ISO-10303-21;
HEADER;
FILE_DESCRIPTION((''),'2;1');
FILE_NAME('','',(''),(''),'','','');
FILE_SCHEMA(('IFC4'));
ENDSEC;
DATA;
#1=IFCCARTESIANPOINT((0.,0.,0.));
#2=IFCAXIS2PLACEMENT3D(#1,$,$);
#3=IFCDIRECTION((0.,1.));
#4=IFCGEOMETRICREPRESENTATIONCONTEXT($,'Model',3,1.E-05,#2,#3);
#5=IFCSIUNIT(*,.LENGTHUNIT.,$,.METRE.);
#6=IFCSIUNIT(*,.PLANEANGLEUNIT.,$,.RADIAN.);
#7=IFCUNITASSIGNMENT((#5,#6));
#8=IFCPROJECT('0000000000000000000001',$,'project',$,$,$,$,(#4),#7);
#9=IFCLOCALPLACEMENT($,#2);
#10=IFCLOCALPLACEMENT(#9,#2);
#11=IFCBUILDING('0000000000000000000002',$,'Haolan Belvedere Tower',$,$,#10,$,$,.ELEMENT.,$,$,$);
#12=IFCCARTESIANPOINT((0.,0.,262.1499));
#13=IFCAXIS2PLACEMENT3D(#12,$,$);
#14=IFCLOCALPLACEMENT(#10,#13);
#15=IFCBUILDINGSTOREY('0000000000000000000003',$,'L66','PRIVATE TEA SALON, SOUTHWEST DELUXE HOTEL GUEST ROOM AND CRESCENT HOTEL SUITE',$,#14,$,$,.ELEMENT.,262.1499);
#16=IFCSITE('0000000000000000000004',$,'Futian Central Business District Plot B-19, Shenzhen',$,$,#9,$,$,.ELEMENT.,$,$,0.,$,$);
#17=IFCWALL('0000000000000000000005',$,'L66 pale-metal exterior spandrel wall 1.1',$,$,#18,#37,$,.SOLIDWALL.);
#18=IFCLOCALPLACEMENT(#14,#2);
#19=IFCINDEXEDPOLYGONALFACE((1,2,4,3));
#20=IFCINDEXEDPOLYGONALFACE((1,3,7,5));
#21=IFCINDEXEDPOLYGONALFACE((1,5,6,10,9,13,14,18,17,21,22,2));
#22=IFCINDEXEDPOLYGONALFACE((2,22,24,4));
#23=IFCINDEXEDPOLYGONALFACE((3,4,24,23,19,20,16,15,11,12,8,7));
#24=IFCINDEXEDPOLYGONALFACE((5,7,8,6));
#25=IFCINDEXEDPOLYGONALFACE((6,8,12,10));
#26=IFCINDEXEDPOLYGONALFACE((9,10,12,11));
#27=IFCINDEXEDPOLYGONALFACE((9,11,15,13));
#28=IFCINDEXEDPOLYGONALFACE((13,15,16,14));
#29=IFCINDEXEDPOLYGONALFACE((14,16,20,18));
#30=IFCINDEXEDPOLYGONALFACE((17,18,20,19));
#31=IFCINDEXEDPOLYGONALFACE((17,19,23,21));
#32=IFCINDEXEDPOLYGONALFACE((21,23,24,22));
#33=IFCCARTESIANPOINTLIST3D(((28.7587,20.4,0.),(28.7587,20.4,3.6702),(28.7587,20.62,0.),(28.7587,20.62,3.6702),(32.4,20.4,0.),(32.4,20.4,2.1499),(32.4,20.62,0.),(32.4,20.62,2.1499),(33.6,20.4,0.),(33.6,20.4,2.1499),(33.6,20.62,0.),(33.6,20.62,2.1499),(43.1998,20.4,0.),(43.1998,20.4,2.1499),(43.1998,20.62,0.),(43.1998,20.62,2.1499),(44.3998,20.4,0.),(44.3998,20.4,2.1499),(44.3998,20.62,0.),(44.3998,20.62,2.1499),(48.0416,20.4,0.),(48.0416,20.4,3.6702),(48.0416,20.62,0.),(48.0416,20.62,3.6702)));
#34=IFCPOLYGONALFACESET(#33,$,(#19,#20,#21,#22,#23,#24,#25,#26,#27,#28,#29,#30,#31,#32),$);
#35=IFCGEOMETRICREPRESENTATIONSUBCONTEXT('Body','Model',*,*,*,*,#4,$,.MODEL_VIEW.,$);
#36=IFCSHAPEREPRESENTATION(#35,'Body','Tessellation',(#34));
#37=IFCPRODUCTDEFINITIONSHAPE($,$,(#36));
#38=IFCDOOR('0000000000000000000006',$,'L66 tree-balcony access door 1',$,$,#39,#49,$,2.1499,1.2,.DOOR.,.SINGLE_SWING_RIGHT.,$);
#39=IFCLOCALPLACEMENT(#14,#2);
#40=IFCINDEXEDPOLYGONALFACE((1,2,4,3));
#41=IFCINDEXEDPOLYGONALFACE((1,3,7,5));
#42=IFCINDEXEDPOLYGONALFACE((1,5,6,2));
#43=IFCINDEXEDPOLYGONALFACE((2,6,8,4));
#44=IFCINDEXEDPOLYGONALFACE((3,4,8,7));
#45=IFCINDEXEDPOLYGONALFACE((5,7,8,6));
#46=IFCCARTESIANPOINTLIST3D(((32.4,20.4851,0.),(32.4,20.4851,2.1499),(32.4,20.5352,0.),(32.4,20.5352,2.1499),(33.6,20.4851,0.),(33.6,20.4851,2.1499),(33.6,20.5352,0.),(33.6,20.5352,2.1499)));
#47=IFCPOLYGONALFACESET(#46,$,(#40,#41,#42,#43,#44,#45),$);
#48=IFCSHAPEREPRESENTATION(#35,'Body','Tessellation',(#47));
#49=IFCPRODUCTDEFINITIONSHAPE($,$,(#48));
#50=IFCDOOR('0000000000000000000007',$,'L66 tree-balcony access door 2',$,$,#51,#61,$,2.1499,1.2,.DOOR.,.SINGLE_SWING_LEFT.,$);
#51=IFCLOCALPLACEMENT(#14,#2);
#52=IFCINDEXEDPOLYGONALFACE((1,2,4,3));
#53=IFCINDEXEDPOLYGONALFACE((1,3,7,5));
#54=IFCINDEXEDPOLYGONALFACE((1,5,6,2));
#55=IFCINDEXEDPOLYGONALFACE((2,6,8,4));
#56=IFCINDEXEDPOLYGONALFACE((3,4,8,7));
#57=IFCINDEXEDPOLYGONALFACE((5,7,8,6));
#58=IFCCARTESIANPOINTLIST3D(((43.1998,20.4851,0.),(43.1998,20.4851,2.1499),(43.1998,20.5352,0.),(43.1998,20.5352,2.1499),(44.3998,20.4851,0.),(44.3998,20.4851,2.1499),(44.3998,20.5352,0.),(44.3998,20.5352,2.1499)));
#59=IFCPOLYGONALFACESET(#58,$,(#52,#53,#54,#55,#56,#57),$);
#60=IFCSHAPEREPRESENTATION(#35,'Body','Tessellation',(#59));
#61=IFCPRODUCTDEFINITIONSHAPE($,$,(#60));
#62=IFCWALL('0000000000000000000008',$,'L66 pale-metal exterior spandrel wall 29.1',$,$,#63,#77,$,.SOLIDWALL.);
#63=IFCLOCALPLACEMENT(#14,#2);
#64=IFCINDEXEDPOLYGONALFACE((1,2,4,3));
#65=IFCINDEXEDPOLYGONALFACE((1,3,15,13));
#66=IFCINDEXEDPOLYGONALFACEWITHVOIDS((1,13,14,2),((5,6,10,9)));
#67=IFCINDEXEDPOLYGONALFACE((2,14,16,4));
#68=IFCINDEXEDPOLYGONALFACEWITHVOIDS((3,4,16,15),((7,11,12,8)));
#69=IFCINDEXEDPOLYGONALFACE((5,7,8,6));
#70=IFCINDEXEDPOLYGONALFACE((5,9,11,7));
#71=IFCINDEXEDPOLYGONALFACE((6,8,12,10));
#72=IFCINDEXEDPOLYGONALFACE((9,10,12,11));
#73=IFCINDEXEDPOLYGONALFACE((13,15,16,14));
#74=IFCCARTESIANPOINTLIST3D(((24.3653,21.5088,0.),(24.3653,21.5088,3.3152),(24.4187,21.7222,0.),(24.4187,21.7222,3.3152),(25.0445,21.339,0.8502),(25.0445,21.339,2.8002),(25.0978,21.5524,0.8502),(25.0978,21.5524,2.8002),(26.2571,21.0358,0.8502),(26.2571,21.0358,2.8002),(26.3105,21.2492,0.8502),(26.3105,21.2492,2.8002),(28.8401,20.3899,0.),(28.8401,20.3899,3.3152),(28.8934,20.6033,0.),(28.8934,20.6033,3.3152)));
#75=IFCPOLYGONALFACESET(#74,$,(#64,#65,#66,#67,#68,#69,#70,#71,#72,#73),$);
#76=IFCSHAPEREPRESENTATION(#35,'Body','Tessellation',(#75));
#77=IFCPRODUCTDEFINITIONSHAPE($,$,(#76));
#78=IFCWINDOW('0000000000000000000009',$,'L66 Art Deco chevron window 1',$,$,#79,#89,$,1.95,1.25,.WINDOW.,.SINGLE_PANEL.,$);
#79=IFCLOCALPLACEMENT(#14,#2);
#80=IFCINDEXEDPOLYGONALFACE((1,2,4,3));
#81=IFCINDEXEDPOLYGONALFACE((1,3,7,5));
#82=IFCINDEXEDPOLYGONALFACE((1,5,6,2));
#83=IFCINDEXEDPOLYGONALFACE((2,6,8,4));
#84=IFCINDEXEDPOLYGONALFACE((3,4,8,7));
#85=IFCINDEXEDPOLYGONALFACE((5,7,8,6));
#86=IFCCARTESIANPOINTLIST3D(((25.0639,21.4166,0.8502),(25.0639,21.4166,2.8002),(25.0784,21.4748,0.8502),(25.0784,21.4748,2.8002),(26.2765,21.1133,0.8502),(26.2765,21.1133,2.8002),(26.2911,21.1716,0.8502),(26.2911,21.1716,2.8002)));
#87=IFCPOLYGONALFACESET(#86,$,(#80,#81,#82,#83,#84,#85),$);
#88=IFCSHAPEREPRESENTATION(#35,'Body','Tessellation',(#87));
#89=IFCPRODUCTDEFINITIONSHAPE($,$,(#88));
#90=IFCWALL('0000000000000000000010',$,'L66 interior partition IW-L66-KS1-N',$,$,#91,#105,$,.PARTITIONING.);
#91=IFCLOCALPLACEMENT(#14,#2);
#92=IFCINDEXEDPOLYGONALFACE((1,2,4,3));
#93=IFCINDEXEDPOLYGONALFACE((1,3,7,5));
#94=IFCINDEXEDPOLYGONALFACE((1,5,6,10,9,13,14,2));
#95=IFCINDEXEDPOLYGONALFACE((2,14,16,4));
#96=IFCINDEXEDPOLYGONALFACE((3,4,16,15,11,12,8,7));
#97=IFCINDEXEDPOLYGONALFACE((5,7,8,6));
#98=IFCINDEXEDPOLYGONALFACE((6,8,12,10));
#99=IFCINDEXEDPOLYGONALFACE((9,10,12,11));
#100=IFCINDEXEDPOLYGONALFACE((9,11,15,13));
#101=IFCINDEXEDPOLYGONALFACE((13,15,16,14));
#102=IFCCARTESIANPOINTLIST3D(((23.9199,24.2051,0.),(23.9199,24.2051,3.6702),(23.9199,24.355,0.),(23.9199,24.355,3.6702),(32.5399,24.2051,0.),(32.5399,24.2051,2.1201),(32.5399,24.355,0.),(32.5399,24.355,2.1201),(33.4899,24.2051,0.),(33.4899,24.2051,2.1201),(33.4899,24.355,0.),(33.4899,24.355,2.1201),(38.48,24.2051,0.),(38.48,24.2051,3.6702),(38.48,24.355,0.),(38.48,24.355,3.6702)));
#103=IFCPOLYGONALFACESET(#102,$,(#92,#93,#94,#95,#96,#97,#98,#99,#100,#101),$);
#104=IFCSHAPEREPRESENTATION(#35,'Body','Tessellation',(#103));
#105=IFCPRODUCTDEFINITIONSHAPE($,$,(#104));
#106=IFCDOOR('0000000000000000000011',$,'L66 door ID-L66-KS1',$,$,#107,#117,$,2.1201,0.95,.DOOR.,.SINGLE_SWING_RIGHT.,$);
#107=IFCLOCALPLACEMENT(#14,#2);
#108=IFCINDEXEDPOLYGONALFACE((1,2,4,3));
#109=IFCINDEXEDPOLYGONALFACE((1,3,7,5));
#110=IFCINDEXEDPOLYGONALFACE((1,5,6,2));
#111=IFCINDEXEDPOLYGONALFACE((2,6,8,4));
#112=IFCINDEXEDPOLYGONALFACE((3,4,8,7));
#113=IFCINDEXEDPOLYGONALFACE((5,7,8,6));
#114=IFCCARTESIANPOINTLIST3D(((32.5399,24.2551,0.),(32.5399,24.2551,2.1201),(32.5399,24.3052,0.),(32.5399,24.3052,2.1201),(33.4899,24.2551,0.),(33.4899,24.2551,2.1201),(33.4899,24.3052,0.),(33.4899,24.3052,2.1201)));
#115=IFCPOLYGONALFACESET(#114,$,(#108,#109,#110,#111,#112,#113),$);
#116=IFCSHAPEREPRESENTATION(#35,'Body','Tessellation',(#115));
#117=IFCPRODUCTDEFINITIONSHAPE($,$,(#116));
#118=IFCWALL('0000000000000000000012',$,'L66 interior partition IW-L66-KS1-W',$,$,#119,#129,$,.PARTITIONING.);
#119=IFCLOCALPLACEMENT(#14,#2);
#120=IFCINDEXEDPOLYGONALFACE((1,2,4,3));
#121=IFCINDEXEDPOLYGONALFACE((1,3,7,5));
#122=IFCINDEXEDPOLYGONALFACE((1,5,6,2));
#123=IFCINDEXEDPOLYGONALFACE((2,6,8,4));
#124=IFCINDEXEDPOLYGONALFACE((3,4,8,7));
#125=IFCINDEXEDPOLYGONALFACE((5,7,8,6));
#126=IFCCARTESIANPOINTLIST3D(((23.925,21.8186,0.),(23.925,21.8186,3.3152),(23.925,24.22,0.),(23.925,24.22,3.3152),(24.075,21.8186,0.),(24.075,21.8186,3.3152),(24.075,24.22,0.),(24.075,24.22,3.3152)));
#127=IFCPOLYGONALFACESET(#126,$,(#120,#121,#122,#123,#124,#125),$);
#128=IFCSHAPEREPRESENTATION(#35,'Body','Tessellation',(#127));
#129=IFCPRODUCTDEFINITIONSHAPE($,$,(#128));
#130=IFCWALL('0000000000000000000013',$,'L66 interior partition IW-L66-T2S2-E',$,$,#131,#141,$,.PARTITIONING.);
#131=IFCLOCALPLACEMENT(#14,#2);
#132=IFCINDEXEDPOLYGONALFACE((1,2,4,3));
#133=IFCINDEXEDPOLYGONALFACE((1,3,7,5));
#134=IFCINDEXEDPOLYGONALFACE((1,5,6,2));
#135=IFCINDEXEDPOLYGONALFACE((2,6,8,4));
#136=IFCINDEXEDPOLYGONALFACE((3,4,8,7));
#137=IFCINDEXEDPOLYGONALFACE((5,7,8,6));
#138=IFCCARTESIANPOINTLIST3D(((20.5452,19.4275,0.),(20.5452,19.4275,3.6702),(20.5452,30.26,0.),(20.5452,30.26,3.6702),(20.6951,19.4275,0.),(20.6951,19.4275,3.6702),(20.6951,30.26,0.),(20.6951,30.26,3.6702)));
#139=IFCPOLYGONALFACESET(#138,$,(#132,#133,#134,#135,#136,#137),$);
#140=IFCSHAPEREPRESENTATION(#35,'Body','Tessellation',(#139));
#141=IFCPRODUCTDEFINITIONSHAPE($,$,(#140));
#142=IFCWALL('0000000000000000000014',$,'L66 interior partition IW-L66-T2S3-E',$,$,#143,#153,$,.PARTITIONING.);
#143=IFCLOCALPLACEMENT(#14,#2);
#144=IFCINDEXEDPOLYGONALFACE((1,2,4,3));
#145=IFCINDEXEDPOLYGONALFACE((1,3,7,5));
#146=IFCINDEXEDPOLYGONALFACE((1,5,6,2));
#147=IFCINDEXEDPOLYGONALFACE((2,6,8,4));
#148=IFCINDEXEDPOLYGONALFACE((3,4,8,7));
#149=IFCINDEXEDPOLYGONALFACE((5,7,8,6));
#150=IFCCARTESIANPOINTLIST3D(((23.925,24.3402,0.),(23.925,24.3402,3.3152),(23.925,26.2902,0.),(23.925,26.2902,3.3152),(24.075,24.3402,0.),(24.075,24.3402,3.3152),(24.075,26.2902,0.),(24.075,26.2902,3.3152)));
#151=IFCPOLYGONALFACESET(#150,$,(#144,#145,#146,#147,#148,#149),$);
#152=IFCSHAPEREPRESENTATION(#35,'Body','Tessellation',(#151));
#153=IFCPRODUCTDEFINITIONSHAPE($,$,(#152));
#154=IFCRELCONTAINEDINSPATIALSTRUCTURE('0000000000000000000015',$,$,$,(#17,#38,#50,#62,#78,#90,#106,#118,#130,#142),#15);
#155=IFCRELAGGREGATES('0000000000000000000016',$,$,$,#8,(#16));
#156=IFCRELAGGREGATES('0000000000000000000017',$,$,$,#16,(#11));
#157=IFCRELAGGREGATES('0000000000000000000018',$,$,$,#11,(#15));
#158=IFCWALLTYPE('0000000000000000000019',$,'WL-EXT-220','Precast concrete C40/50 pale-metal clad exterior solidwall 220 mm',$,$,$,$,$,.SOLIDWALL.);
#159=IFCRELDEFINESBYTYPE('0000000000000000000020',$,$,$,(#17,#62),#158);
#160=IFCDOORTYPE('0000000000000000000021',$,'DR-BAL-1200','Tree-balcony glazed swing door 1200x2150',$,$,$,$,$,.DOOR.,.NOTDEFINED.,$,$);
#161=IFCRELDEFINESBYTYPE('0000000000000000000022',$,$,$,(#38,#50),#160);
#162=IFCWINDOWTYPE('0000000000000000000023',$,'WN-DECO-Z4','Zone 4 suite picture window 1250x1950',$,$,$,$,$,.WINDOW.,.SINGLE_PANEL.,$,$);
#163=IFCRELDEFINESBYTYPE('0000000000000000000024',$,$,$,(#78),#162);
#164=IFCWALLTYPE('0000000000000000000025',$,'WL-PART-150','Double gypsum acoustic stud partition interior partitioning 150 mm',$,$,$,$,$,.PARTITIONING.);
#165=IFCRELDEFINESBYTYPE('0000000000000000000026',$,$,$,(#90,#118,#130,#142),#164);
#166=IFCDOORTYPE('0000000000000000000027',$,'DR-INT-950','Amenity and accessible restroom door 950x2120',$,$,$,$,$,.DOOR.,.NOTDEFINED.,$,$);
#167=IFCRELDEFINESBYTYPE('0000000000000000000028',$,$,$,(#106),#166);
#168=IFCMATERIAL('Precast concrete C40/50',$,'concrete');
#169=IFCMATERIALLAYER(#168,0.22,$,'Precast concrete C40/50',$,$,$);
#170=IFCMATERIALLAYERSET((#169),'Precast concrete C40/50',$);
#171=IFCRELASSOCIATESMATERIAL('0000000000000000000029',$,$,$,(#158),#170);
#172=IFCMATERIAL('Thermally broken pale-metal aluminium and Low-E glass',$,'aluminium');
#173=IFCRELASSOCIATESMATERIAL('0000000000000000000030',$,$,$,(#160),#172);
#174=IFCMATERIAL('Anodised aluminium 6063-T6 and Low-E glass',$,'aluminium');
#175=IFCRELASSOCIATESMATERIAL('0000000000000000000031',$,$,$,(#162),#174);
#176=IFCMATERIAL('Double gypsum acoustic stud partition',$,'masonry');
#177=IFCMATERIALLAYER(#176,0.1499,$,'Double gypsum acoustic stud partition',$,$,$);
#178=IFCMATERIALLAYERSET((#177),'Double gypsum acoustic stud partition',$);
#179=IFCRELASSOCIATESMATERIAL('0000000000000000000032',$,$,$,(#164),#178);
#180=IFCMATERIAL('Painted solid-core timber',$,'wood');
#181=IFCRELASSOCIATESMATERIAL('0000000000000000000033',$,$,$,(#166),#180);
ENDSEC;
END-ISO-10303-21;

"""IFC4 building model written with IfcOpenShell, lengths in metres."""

from ifc_helpers import new_model, si_unit, direction, frame, frame_2d, origin, place, context, subcontext, project, spatial, rectangle, extrude, material, layer, layer_set, type_object, element, fill, save


model = new_model("IFC4")

# Units and contexts
model_context = context("Model", 3, precision=1e-05, world=origin(), true_north=direction((0.0, 1.0)))
body_context = subcontext(model_context, "Body", "Model", "MODEL_VIEW")
ifc_project = project(units=[si_unit("LENGTHUNIT", "METRE"), si_unit("PLANEANGLEUNIT", "RADIAN")], contexts=[model_context])

# Site, building, storey
site_placement = place(None, origin())
site = spatial("IfcSite", under=ifc_project, at=site_placement, Name="Futian Central Business District Plot B-19, Shenzhen", CompositionType="ELEMENT", RefElevation=0.0)
building_placement = place(site_placement, origin())
building = spatial("IfcBuilding", under=site, at=building_placement, Name="Haolan Belvedere Tower", CompositionType="ELEMENT")
storey_placement = place(building_placement, frame((0.0, 0.0, 262.1499)))
storey = spatial("IfcBuildingStorey", under=building, at=storey_placement, Name="L66", Description="PRIVATE TEA SALON, SOUTHWEST DELUXE HOTEL GUEST ROOM AND CRESCENT HOTEL SUITE", CompositionType="ELEMENT", Elevation=262.1499)

# Wall, openings, doors
ifc_material_1 = material(Name="Precast concrete C40/50", Category="concrete")
ifc_layer_1 = layer(ifc_material_1, 0.22, Name="Precast concrete C40/50")
ifc_layer_set_1 = layer_set([ifc_layer_1], Name="Precast concrete C40/50")
wall_type_1 = type_object("IfcWallType", Name="WL-EXT-220", Description="Precast concrete C40/50 pale-metal clad exterior solidwall 220 mm", PredefinedType="SOLIDWALL", material=ifc_layer_set_1)
wall_1_placement = place(storey_placement, frame((28.7585, 20.51, 0.0), z_axis=(0.0, 0.0, 1.0), x_axis=(1.0, 0.0, 0.0)))
wall_1 = element("IfcWall", 1, at=wall_1_placement, inside=storey, type_object=wall_type_1, Name="L66 pale-metal exterior spandrel wall 1.1", PredefinedType="SOLIDWALL", context=body_context, shape_type="SweptSolid", body=[
    extrude(rectangle(XDim=19.283, YDim=0.22, at=frame_2d((9.6416, 0.0))), origin(), (0.0, 0.0, 1.0), 3.6702),
])
opening_1_placement = place(wall_1_placement, frame((4.8416, 0.0, 0.0), z_axis=(0.0, 0.0, 1.0), x_axis=(-1.0, 0.0, 0.0)))
opening_1 = element("IfcOpeningElement", 2, at=opening_1_placement, cuts=wall_1, PredefinedType="OPENING", context=body_context, shape_type="SweptSolid", body=[
    extrude(rectangle(XDim=1.2, YDim=2.1499, at=frame_2d((0.6001, 1.075))), frame((0.0, 0.1199, 0.0), z_axis=(0.0, -1.0, 0.0), x_axis=(1.0, 0.0, 0.0)), (0.0, 0.0, 1.0), 0.24),
])
opening_2_placement = place(wall_1_placement, frame((15.6414, 0.0, 0.0), z_axis=(0.0, 0.0, 1.0), x_axis=(-1.0, 0.0, 0.0)))
opening_2 = element("IfcOpeningElement", 3, at=opening_2_placement, cuts=wall_1, PredefinedType="OPENING", context=body_context, shape_type="SweptSolid", body=[
    extrude(rectangle(XDim=1.2, YDim=2.1499, at=frame_2d((0.6001, 1.075))), frame((0.0, 0.1199, 0.0), z_axis=(0.0, -1.0, 0.0), x_axis=(1.0, 0.0, 0.0)), (0.0, 0.0, 1.0), 0.24),
])
ifc_material_2 = material(Name="Thermally broken pale-metal aluminium and Low-E glass", Category="aluminium")
door_type_1 = type_object("IfcDoorType", Name="DR-BAL-1200", Description="Tree-balcony glazed swing door 1200x2150", OperationType="NOTDEFINED", PredefinedType="DOOR", material=ifc_material_2)
door_1_placement = place(opening_1_placement, origin())
door_1 = element("IfcDoor", 4, at=door_1_placement, inside=storey, type_object=door_type_1, Name="L66 tree-balcony access door 1", OperationType="SINGLE_SWING_RIGHT", OverallHeight=2.1499, OverallWidth=1.2, PredefinedType="DOOR", context=body_context, shape_type="SweptSolid", body=[
    extrude(rectangle(XDim=1.2, YDim=2.1499, at=frame_2d((0.6001, 1.075))), frame((0.0, 0.0249, 0.0), z_axis=(0.0, -1.0, 0.0), x_axis=(1.0, 0.0, 0.0)), (0.0, 0.0, 1.0), 0.05),
])
fill(opening_1, door_1)
door_2_placement = place(opening_2_placement, origin())
door_2 = element("IfcDoor", 5, at=door_2_placement, inside=storey, type_object=door_type_1, Name="L66 tree-balcony access door 2", OperationType="SINGLE_SWING_LEFT", OverallHeight=2.1499, OverallWidth=1.2, PredefinedType="DOOR", context=body_context, shape_type="SweptSolid", body=[
    extrude(rectangle(XDim=1.2, YDim=2.1499, at=frame_2d((0.6001, 1.075))), frame((0.0, 0.0249, 0.0), z_axis=(0.0, -1.0, 0.0), x_axis=(1.0, 0.0, 0.0)), (0.0, 0.0, 1.0), 0.05),
])
fill(opening_2, door_2)

# Wall, opening, window
wall_2_placement = place(storey_placement, frame((24.3921, 21.6155, 0.0), z_axis=(0.0, 0.0, 1.0), x_axis=(0.970133, -0.242573, 0.0)))
wall_2 = element("IfcWall", 6, at=wall_2_placement, inside=storey, type_object=wall_type_1, Name="L66 pale-metal exterior spandrel wall 29.1", PredefinedType="SOLIDWALL", context=body_context, shape_type="SweptSolid", body=[
    extrude(rectangle(XDim=4.6125, YDim=0.22, at=frame_2d((2.3062, 0.0))), origin(), (0.0, 0.0, 1.0), 3.3152),
])
opening_3_placement = place(wall_2_placement, frame((0.7, 0.0, 0.8501)))
opening_3 = element("IfcOpeningElement", 7, at=opening_3_placement, cuts=wall_2, PredefinedType="OPENING", context=body_context, shape_type="SweptSolid", body=[
    extrude(rectangle(XDim=1.25, YDim=1.95, at=frame_2d((0.625, 0.9751))), frame((0.0, 0.1199, 0.0), z_axis=(0.0, -1.0, 0.0), x_axis=(1.0, 0.0, 0.0)), (0.0, 0.0, 1.0), 0.24),
])
ifc_material_3 = material(Name="Anodised aluminium 6063-T6 and Low-E glass", Category="aluminium")
window_type = type_object("IfcWindowType", Name="WN-DECO-Z4", Description="Zone 4 suite picture window 1250x1950", PartitioningType="SINGLE_PANEL", PredefinedType="WINDOW", material=ifc_material_3)
window_placement = place(opening_3_placement, origin())
window = element("IfcWindow", 8, at=window_placement, inside=storey, type_object=window_type, Name="L66 Art Deco chevron window 1", OverallHeight=1.95, OverallWidth=1.25, PartitioningType="SINGLE_PANEL", PredefinedType="WINDOW", context=body_context, shape_type="SweptSolid", body=[
    extrude(rectangle(XDim=1.25, YDim=1.95, at=frame_2d((0.625, 0.9751))), frame((0.0, 0.03, 0.0), z_axis=(0.0, -1.0, 0.0), x_axis=(1.0, 0.0, 0.0)), (0.0, 0.0, 1.0), 0.0601),
])
fill(opening_3, window)

# Wall, opening, door
ifc_material_4 = material(Name="Double gypsum acoustic stud partition", Category="masonry")
ifc_layer_2 = layer(ifc_material_4, 0.1499, Name="Double gypsum acoustic stud partition")
ifc_layer_set_2 = layer_set([ifc_layer_2], Name="Double gypsum acoustic stud partition")
wall_type_2 = type_object("IfcWallType", Name="WL-PART-150", Description="Double gypsum acoustic stud partition interior partitioning 150 mm", PredefinedType="PARTITIONING", material=ifc_layer_set_2)
wall_3_placement = place(storey_placement, frame((23.9199, 24.28, 0.0), z_axis=(0.0, 0.0, 1.0), x_axis=(1.0, 0.0, 0.0)))
wall_3 = element("IfcWall", 9, at=wall_3_placement, inside=storey, type_object=wall_type_2, Name="L66 interior partition IW-L66-KS1-N", PredefinedType="PARTITIONING", context=body_context, shape_type="SweptSolid", body=[
    extrude(rectangle(XDim=14.5601, YDim=0.1499, at=frame_2d((7.28, 0.0))), origin(), (0.0, 0.0, 1.0), 3.6702),
])
opening_4_placement = place(wall_3_placement, frame((9.5701, 0.0, 0.0), z_axis=(0.0, 0.0, 1.0), x_axis=(-1.0, 0.0, 0.0)))
opening_4 = element("IfcOpeningElement", 10, at=opening_4_placement, cuts=wall_3, PredefinedType="OPENING", context=body_context, shape_type="SweptSolid", body=[
    extrude(rectangle(XDim=0.95, YDim=2.1201, at=frame_2d((0.4751, 1.0601))), frame((0.0, 0.085, 0.0), z_axis=(0.0, -1.0, 0.0), x_axis=(1.0, 0.0, 0.0)), (0.0, 0.0, 1.0), 0.1699),
])
ifc_material_5 = material(Name="Painted solid-core timber", Category="wood")
door_type_2 = type_object("IfcDoorType", Name="DR-INT-950", Description="Amenity and accessible restroom door 950x2120", OperationType="NOTDEFINED", PredefinedType="DOOR", material=ifc_material_5)
door_3_placement = place(opening_4_placement, origin())
door_3 = element("IfcDoor", 11, at=door_3_placement, inside=storey, type_object=door_type_2, Name="L66 door ID-L66-KS1", OperationType="SINGLE_SWING_RIGHT", OverallHeight=2.1201, OverallWidth=0.95, PredefinedType="DOOR", context=body_context, shape_type="SweptSolid", body=[
    extrude(rectangle(XDim=0.95, YDim=2.1201, at=frame_2d((0.4751, 1.0601))), frame((0.0, 0.0249, 0.0), z_axis=(0.0, -1.0, 0.0), x_axis=(1.0, 0.0, 0.0)), (0.0, 0.0, 1.0), 0.05),
])
fill(opening_4, door_3)

# Walls
wall_4_placement = place(storey_placement, frame((24.0, 21.8186, 0.0), z_axis=(0.0, 0.0, 1.0), x_axis=(0.0, 1.0, 0.0)))
element("IfcWall", 12, at=wall_4_placement, inside=storey, type_object=wall_type_2, Name="L66 interior partition IW-L66-KS1-W", PredefinedType="PARTITIONING", context=body_context, shape_type="SweptSolid", body=[
    extrude(rectangle(XDim=2.4014, YDim=0.1499, at=frame_2d((1.2007, 0.0))), origin(), (0.0, 0.0, 1.0), 3.3152),
])
wall_5_placement = place(storey_placement, frame((20.6201, 19.4275, 0.0), z_axis=(0.0, 0.0, 1.0), x_axis=(0.0, 1.0, 0.0)))
element("IfcWall", 13, at=wall_5_placement, inside=storey, type_object=wall_type_2, Name="L66 interior partition IW-L66-T2S2-E", PredefinedType="PARTITIONING", context=body_context, shape_type="SweptSolid", body=[
    extrude(rectangle(XDim=10.8325, YDim=0.1499, at=frame_2d((5.4163, 0.0))), origin(), (0.0, 0.0, 1.0), 3.6702),
])
wall_6_placement = place(storey_placement, frame((24.0, 24.3401, 0.0), z_axis=(0.0, 0.0, 1.0), x_axis=(0.0, 1.0, 0.0)))
element("IfcWall", 14, at=wall_6_placement, inside=storey, type_object=wall_type_2, Name="L66 interior partition IW-L66-T2S3-E", PredefinedType="PARTITIONING", context=body_context, shape_type="SweptSolid", body=[
    extrude(rectangle(XDim=1.95, YDim=0.1499, at=frame_2d((0.9751, 0.0))), origin(), (0.0, 0.0, 1.0), 3.3152),
])

save(model, "model.ifc")
